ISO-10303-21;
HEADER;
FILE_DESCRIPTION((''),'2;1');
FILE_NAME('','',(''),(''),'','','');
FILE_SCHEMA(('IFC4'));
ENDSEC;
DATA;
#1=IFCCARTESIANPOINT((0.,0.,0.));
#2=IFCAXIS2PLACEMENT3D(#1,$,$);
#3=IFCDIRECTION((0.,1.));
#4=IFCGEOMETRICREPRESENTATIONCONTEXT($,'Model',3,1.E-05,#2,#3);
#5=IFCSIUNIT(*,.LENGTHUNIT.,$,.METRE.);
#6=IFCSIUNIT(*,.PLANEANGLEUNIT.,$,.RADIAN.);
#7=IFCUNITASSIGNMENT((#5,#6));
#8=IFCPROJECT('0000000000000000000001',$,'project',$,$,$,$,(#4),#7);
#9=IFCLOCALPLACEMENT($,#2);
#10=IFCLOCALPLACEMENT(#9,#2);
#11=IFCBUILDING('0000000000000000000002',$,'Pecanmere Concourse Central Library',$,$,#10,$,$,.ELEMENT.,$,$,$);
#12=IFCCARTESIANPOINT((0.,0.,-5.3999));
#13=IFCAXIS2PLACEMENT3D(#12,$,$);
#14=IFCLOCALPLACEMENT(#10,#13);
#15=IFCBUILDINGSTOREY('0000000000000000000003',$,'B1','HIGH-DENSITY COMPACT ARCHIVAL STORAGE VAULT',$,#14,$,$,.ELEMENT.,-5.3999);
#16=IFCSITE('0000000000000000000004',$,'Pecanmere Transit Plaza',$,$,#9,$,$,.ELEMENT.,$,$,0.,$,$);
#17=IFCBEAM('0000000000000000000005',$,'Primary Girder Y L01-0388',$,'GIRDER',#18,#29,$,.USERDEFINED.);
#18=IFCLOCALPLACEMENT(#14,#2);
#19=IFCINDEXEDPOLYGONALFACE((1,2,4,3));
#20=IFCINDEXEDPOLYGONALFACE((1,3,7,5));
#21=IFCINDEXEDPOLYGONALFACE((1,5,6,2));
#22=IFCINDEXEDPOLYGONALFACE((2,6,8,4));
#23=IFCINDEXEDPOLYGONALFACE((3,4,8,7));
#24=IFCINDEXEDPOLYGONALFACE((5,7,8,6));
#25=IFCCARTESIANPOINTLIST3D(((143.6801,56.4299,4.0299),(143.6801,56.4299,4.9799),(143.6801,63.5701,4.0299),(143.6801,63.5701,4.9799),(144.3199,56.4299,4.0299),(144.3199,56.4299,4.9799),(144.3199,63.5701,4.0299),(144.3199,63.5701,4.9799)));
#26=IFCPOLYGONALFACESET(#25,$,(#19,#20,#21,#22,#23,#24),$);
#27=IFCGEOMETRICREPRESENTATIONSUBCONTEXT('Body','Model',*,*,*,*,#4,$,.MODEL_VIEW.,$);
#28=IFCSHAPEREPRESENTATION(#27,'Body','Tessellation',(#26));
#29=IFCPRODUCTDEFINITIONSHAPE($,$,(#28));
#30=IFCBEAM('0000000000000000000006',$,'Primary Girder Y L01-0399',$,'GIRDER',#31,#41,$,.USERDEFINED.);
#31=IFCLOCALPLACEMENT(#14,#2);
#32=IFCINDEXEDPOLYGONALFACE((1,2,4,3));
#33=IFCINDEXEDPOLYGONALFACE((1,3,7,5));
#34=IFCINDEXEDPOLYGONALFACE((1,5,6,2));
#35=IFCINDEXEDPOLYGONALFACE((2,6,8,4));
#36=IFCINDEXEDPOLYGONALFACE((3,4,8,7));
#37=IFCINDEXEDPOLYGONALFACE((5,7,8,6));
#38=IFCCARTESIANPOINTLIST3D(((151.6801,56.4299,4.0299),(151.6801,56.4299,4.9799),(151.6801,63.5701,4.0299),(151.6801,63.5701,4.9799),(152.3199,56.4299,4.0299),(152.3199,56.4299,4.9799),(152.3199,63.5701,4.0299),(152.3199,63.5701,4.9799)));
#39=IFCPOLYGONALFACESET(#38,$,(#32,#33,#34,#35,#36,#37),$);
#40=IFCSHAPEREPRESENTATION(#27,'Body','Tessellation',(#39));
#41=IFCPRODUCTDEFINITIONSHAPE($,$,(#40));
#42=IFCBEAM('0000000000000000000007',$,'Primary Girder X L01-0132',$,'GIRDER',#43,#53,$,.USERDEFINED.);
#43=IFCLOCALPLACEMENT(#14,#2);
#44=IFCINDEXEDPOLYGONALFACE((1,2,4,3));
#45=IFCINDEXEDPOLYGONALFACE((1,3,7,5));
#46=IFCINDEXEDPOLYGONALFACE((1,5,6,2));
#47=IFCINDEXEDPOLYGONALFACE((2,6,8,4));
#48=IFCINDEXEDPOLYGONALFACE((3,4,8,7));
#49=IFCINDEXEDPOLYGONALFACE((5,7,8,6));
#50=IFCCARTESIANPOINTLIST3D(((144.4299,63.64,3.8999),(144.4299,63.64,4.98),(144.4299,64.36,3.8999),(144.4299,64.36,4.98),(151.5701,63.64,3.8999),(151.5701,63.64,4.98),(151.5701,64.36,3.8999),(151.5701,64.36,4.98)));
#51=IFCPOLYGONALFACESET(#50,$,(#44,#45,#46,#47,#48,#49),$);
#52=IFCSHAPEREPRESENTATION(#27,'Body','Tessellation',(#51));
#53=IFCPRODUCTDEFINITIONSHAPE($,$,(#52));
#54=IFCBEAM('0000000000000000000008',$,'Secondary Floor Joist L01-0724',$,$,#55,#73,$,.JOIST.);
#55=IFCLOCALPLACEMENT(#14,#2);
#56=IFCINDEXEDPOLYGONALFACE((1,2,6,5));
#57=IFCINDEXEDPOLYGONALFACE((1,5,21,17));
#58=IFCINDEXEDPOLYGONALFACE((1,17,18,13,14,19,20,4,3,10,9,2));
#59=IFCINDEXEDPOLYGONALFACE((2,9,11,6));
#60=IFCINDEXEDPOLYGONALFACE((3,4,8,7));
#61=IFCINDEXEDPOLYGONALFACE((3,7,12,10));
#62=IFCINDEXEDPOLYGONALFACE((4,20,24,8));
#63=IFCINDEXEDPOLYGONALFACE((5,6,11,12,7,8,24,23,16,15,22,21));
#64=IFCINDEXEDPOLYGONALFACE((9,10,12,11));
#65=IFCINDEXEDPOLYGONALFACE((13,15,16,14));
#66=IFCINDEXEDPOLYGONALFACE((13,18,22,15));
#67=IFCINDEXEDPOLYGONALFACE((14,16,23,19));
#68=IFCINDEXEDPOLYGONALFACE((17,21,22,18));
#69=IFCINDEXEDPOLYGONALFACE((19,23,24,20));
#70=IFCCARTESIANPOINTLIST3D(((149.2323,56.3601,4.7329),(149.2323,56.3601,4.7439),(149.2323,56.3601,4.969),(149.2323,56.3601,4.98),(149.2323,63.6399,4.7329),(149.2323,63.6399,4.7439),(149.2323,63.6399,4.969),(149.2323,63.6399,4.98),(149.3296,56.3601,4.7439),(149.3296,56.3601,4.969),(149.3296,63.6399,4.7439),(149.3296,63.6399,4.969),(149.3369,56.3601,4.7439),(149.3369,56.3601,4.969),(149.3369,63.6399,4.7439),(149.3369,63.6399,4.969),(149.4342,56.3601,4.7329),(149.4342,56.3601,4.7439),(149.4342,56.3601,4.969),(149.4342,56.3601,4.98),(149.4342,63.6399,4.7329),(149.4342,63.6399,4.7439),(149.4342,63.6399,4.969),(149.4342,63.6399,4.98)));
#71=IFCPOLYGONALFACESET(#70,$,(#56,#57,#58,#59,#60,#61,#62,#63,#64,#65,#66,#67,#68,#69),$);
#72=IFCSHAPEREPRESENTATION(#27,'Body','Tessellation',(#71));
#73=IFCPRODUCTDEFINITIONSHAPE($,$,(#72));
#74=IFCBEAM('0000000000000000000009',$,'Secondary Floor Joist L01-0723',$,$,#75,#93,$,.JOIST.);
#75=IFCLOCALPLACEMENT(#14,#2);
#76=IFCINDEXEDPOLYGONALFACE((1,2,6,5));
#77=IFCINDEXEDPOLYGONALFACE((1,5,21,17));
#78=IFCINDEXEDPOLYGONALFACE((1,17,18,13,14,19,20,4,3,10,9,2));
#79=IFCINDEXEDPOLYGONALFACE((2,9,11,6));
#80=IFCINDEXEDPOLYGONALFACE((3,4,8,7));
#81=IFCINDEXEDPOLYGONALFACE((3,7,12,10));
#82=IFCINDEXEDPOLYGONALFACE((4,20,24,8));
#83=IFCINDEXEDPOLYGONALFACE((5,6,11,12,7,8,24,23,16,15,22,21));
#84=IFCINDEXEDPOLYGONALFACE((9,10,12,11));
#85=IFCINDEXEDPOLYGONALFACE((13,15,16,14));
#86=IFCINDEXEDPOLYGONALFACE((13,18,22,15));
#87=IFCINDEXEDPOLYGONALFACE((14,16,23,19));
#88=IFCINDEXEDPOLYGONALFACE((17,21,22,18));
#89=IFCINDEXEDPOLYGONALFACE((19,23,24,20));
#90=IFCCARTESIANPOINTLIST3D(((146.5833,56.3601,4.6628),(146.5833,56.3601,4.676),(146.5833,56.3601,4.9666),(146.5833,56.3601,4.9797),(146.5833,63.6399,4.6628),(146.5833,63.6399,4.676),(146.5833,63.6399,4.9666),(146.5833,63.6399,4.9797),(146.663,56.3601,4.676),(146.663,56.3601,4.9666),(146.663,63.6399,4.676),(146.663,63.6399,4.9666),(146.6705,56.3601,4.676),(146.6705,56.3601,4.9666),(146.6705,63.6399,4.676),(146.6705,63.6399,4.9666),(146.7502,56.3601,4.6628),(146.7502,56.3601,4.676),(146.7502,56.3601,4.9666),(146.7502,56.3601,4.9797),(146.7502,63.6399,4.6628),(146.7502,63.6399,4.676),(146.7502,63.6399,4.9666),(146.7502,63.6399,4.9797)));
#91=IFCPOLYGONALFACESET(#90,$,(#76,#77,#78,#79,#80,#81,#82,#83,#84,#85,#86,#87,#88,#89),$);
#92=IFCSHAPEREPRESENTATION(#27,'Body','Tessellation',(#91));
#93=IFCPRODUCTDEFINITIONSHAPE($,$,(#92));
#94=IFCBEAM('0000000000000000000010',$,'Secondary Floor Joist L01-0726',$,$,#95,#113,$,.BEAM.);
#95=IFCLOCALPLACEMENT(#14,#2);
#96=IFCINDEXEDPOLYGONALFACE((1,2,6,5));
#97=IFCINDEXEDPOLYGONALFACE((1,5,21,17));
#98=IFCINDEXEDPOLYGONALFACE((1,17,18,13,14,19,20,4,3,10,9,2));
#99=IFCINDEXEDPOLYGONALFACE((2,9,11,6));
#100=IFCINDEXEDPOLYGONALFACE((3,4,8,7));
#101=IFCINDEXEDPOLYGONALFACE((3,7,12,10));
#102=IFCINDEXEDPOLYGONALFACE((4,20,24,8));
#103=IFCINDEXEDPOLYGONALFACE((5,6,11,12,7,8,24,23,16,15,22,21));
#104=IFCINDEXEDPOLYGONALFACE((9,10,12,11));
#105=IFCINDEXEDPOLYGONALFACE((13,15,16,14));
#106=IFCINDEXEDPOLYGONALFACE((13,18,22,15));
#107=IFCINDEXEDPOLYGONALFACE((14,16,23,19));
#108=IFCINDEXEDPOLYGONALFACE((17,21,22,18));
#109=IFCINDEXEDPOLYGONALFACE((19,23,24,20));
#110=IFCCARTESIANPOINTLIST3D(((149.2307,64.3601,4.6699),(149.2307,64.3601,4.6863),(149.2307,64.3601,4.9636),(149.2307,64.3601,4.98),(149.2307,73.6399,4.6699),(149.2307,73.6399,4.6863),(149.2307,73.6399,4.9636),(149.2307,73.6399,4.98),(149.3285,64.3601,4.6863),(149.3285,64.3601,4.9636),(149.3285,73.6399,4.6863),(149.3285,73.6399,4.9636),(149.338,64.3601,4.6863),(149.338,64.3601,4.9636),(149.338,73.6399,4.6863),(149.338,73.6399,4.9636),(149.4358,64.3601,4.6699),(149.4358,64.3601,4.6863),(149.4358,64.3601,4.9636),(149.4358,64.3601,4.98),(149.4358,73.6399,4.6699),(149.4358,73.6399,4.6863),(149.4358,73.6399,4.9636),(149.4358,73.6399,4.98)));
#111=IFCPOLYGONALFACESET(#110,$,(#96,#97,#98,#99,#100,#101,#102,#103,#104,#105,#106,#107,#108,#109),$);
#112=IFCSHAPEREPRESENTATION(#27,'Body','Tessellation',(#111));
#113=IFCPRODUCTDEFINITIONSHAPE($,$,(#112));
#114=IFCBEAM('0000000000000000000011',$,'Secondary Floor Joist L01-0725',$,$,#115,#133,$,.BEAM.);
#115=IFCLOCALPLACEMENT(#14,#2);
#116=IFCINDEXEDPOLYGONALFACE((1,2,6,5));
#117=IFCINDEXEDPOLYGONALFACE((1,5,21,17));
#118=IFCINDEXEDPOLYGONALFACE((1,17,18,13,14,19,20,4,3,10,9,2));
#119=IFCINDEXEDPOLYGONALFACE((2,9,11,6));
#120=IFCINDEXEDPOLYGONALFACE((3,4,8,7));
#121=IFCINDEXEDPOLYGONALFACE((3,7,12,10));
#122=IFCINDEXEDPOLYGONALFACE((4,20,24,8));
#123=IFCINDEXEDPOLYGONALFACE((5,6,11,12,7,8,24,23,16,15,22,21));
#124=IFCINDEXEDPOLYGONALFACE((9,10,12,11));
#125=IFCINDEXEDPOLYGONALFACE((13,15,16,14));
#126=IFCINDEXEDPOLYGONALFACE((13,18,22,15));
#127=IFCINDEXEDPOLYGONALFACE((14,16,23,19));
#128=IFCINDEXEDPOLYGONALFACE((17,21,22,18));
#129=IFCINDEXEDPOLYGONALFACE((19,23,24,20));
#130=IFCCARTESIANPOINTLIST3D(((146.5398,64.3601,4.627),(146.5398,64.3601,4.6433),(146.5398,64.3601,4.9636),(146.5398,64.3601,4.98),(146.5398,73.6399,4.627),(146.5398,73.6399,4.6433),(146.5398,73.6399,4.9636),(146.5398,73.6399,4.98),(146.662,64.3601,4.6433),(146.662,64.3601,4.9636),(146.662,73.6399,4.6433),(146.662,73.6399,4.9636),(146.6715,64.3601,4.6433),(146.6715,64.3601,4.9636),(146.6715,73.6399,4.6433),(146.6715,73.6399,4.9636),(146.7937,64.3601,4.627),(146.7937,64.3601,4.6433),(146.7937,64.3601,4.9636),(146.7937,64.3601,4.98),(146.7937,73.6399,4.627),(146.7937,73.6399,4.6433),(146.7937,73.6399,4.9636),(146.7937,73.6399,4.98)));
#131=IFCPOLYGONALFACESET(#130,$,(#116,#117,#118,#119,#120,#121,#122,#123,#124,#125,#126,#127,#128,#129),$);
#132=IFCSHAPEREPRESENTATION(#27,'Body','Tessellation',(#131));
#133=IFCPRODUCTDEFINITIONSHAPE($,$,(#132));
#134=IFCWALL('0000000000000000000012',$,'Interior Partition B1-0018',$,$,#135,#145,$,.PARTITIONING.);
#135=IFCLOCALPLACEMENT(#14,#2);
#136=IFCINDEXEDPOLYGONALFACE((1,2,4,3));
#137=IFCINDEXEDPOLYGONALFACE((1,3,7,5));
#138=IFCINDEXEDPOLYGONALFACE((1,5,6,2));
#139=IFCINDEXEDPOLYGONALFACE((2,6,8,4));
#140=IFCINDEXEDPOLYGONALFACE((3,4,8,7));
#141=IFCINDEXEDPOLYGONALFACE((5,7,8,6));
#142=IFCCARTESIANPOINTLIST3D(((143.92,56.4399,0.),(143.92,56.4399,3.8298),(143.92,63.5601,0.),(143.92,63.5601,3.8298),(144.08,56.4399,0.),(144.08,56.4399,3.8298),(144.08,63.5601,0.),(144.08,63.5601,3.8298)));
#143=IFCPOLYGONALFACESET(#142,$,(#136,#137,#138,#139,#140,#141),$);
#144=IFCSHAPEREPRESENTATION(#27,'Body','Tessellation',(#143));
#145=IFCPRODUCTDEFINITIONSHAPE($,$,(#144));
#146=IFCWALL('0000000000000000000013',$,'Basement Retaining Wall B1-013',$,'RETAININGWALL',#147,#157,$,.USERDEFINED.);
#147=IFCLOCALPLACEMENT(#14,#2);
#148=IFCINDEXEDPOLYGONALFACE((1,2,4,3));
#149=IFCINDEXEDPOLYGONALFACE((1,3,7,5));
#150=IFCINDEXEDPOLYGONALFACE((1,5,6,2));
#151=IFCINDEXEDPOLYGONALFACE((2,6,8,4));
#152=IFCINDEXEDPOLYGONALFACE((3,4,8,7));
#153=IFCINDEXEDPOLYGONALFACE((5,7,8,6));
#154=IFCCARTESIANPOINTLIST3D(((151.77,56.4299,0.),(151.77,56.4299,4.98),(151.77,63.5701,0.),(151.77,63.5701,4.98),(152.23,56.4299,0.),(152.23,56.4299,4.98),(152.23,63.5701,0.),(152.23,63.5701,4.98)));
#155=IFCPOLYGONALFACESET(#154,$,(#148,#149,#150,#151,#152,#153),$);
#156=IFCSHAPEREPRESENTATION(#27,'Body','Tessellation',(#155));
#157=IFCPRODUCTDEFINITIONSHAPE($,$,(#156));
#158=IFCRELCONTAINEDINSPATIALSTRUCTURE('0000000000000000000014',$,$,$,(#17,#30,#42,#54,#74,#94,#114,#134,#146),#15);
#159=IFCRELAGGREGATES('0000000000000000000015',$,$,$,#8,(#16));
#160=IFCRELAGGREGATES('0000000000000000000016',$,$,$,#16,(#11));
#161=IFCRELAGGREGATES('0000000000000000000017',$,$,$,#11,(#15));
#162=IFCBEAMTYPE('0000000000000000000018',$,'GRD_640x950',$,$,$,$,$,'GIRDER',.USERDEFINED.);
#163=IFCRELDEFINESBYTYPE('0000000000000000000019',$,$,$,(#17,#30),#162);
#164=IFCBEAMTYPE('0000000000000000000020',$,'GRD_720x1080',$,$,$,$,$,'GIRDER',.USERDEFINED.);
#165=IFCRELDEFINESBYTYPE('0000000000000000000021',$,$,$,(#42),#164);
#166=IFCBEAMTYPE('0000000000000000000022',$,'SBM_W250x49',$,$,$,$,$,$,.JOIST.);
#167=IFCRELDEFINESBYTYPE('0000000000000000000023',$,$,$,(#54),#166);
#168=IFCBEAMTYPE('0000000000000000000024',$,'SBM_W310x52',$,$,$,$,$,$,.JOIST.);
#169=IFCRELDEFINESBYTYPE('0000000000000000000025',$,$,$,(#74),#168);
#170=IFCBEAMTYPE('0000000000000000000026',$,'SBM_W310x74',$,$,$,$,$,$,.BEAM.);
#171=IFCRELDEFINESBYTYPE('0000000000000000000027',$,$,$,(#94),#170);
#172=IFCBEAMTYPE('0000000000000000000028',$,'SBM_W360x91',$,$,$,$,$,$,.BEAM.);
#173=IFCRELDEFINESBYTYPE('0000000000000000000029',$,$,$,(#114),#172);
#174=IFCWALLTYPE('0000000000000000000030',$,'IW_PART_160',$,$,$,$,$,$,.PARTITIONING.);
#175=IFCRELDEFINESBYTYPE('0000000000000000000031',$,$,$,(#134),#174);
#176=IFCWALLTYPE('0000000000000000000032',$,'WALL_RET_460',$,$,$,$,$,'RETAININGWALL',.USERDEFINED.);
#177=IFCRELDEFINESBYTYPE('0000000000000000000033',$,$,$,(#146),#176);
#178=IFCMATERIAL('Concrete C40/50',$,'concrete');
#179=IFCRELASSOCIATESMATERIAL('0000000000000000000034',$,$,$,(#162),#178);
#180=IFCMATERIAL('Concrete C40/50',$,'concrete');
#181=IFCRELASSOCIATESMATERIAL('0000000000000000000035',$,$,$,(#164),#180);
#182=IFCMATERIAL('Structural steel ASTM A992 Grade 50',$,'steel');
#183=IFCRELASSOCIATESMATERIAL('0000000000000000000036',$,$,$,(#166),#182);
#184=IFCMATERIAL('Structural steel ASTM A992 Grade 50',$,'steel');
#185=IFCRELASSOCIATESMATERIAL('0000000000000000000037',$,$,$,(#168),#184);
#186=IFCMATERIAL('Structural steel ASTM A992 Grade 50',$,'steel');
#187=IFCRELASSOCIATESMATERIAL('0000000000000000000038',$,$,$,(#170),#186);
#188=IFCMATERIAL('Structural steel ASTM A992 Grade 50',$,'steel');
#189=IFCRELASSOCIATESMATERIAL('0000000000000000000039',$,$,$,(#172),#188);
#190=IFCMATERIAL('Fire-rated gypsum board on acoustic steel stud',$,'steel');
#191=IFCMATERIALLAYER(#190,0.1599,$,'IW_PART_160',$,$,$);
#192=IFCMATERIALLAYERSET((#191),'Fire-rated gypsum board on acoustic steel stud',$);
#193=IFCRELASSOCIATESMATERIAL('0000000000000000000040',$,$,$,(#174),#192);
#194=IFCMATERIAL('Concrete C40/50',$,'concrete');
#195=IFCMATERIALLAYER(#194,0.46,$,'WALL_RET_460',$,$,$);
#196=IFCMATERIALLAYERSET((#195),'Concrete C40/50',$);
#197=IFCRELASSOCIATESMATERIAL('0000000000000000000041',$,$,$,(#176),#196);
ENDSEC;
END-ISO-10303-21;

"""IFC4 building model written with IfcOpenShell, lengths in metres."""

from ifc_helpers import new_model, si_unit, direction, frame, frame_2d, origin, origin_2d, place, context, subcontext, project, spatial, rectangle, i_section, extrude, material, layer, layer_set, material_profile, profile_set, type_object, element, save


model = new_model("IFC4")

# Units and contexts
model_context = context("Model", 3, precision=1e-05, world=origin(), true_north=direction((0.0, 1.0)))
body_context = subcontext(model_context, "Body", "Model", "MODEL_VIEW")
ifc_project = project(units=[si_unit("LENGTHUNIT", "METRE"), si_unit("PLANEANGLEUNIT", "RADIAN")], contexts=[model_context])

# Site, building, storey
site_placement = place(None, origin())
site = spatial("IfcSite", under=ifc_project, at=site_placement, Name="Pecanmere Transit Plaza", CompositionType="ELEMENT", RefElevation=0.0)
building_placement = place(site_placement, origin())
building = spatial("IfcBuilding", under=site, at=building_placement, Name="Pecanmere Concourse Central Library", CompositionType="ELEMENT")
storey_placement = place(building_placement, frame((0.0, 0.0, -5.3999)))
storey = spatial("IfcBuildingStorey", under=building, at=storey_placement, Name="B1", Description="HIGH-DENSITY COMPACT ARCHIVAL STORAGE VAULT", CompositionType="ELEMENT", Elevation=-5.3999)

# Beams
ifc_material_1 = material(Name="Concrete C40/50", Category="concrete")
ifc_material_profile_1 = material_profile(ifc_material_1, rectangle(XDim=0.6399, YDim=0.95, at=origin_2d()), Name="RC 640x950")
ifc_profile_set_1 = profile_set([ifc_material_profile_1], Name="Concrete C40/50")
beam_type_1 = type_object("IfcBeamType", Name="GRD_640x950", ElementType="GIRDER", PredefinedType="USERDEFINED", material=ifc_profile_set_1)
for number, where, z_axis, x_axis, name in (
    (1, (144.0, 56.4299, 4.5049), (0.0, 1.0, 0.0), (-1.0, 0.0, 0.0), "Primary Girder Y L01-0388"),
    (2, (152.0, 56.4299, 4.5049), (0.0, 1.0, 0.0), (-1.0, 0.0, 0.0), "Primary Girder Y L01-0399"),
):
    element("IfcBeam", number, at=place(storey_placement, frame(where, z_axis=z_axis, x_axis=x_axis)), inside=storey, type_object=beam_type_1, Name=name, ObjectType="GIRDER", PredefinedType="USERDEFINED", context=body_context, shape_type="SweptSolid", body=[
        extrude(rectangle(XDim=0.6399, YDim=0.95, at=origin_2d()), origin(), (0.0, 0.0, 1.0), 7.1401),
    ])
ifc_material_2 = material(Name="Concrete C40/50", Category="concrete")
ifc_material_profile_2 = material_profile(ifc_material_2, rectangle(XDim=0.72, YDim=1.0801, at=origin_2d()), Name="RC 720x1080")
ifc_profile_set_2 = profile_set([ifc_material_profile_2], Name="Concrete C40/50")
beam_type_2 = type_object("IfcBeamType", Name="GRD_720x1080", ElementType="GIRDER", PredefinedType="USERDEFINED", material=ifc_profile_set_2)
beam_1_placement = place(storey_placement, frame((144.4299, 64.0, 4.4399), z_axis=(1.0, 0.0, 0.0), x_axis=(0.0, 1.0, 0.0)))
element("IfcBeam", 3, at=beam_1_placement, inside=storey, type_object=beam_type_2, Name="Primary Girder X L01-0132", ObjectType="GIRDER", PredefinedType="USERDEFINED", context=body_context, shape_type="SweptSolid", body=[
    extrude(rectangle(XDim=0.72, YDim=1.0801, at=origin_2d()), origin(), (0.0, 0.0, 1.0), 7.1401),
])
ifc_material_3 = material(Name="Structural steel ASTM A992 Grade 50", Category="steel")
ifc_material_profile_3 = material_profile(ifc_material_3, i_section(OverallWidth=0.2019, OverallDepth=0.2471, WebThickness=0.0073, FlangeThickness=0.011, at=origin_2d()), Name="W250x49.1")
ifc_profile_set_3 = profile_set([ifc_material_profile_3], Name="Structural steel ASTM A992 Grade 50")
beam_type_3 = type_object("IfcBeamType", Name="SBM_W250x49", PredefinedType="JOIST", material=ifc_profile_set_3)
beam_2_placement = place(storey_placement, frame((149.3333, 56.3601, 4.8564), z_axis=(0.0, 1.0, 0.0), x_axis=(-1.0, 0.0, 0.0)))
element("IfcBeam", 4, at=beam_2_placement, inside=storey, type_object=beam_type_3, Name="Secondary Floor Joist L01-0724", PredefinedType="JOIST", context=body_context, shape_type="SweptSolid", body=[
    extrude(i_section(OverallWidth=0.2019, OverallDepth=0.2471, WebThickness=0.0073, FlangeThickness=0.011, at=origin_2d()), origin(), (0.0, 0.0, 1.0), 7.2798),
])
ifc_material_4 = material(Name="Structural steel ASTM A992 Grade 50", Category="steel")
ifc_material_profile_4 = material_profile(ifc_material_4, i_section(OverallWidth=0.167, OverallDepth=0.3169, WebThickness=0.0076, FlangeThickness=0.0132, at=origin_2d()), Name="W310x52")
ifc_profile_set_4 = profile_set([ifc_material_profile_4], Name="Structural steel ASTM A992 Grade 50")
beam_type_4 = type_object("IfcBeamType", Name="SBM_W310x52", PredefinedType="JOIST", material=ifc_profile_set_4)
beam_3_placement = place(storey_placement, frame((146.6667, 56.3601, 4.8213), z_axis=(0.0, 1.0, 0.0), x_axis=(-1.0, 0.0, 0.0)))
element("IfcBeam", 5, at=beam_3_placement, inside=storey, type_object=beam_type_4, Name="Secondary Floor Joist L01-0723", PredefinedType="JOIST", context=body_context, shape_type="SweptSolid", body=[
    extrude(i_section(OverallWidth=0.167, OverallDepth=0.3169, WebThickness=0.0076, FlangeThickness=0.0132, at=origin_2d()), origin(), (0.0, 0.0, 1.0), 7.2798),
])
ifc_material_5 = material(Name="Structural steel ASTM A992 Grade 50", Category="steel")
ifc_material_profile_5 = material_profile(ifc_material_5, i_section(OverallWidth=0.2051, OverallDepth=0.3101, WebThickness=0.0095, FlangeThickness=0.0164, at=origin_2d()), Name="W310x74")
ifc_profile_set_5 = profile_set([ifc_material_profile_5], Name="Structural steel ASTM A992 Grade 50")
beam_type_5 = type_object("IfcBeamType", Name="SBM_W310x74", PredefinedType="BEAM", material=ifc_profile_set_5)
beam_4_placement = place(storey_placement, frame((149.3333, 64.3601, 4.825), z_axis=(0.0, 1.0, 0.0), x_axis=(-1.0, 0.0, 0.0)))
element("IfcBeam", 6, at=beam_4_placement, inside=storey, type_object=beam_type_5, Name="Secondary Floor Joist L01-0726", PredefinedType="BEAM", context=body_context, shape_type="SweptSolid", body=[
    extrude(i_section(OverallWidth=0.2051, OverallDepth=0.3101, WebThickness=0.0095, FlangeThickness=0.0164, at=origin_2d()), origin(), (0.0, 0.0, 1.0), 9.2798),
])
ifc_material_6 = material(Name="Structural steel ASTM A992 Grade 50", Category="steel")
ifc_material_profile_6 = material_profile(ifc_material_6, i_section(OverallWidth=0.2539, OverallDepth=0.353, WebThickness=0.0095, FlangeThickness=0.0164, at=origin_2d()), Name="W360x91")
ifc_profile_set_6 = profile_set([ifc_material_profile_6], Name="Structural steel ASTM A992 Grade 50")
beam_type_6 = type_object("IfcBeamType", Name="SBM_W360x91", PredefinedType="BEAM", material=ifc_profile_set_6)
beam_5_placement = place(storey_placement, frame((146.6667, 64.3601, 4.8035), z_axis=(0.0, 1.0, 0.0), x_axis=(-1.0, 0.0, 0.0)))
element("IfcBeam", 7, at=beam_5_placement, inside=storey, type_object=beam_type_6, Name="Secondary Floor Joist L01-0725", PredefinedType="BEAM", context=body_context, shape_type="SweptSolid", body=[
    extrude(i_section(OverallWidth=0.2539, OverallDepth=0.353, WebThickness=0.0095, FlangeThickness=0.0164, at=origin_2d()), origin(), (0.0, 0.0, 1.0), 9.2798),
])

# Walls
ifc_material_7 = material(Name="Fire-rated gypsum board on acoustic steel stud", Category="steel")
ifc_layer_1 = layer(ifc_material_7, 0.1599, Name="IW_PART_160")
ifc_layer_set_1 = layer_set([ifc_layer_1], Name="Fire-rated gypsum board on acoustic steel stud")
wall_type_1 = type_object("IfcWallType", Name="IW_PART_160", PredefinedType="PARTITIONING", material=ifc_layer_set_1)
wall_1_placement = place(storey_placement, frame((144.0, 56.4399, 0.0), z_axis=(0.0, 0.0, 1.0), x_axis=(0.0, 1.0, 0.0)))
element("IfcWall", 8, at=wall_1_placement, inside=storey, type_object=wall_type_1, Name="Interior Partition B1-0018", PredefinedType="PARTITIONING", context=body_context, shape_type="SweptSolid", body=[
    extrude(rectangle(XDim=7.1201, YDim=0.1599, at=frame_2d((3.5601, 0.0))), origin(), (0.0, 0.0, 1.0), 3.8298),
])
ifc_material_8 = material(Name="Concrete C40/50", Category="concrete")
ifc_layer_2 = layer(ifc_material_8, 0.46, Name="WALL_RET_460")
ifc_layer_set_2 = layer_set([ifc_layer_2], Name="Concrete C40/50")
wall_type_2 = type_object("IfcWallType", Name="WALL_RET_460", ElementType="RETAININGWALL", PredefinedType="USERDEFINED", material=ifc_layer_set_2)
wall_2_placement = place(storey_placement, frame((152.0, 56.4299, 0.0), z_axis=(0.0, 0.0, 1.0), x_axis=(0.0, 1.0, 0.0)))
element("IfcWall", 9, at=wall_2_placement, inside=storey, type_object=wall_type_2, Name="Basement Retaining Wall B1-013", ObjectType="RETAININGWALL", PredefinedType="USERDEFINED", context=body_context, shape_type="SweptSolid", body=[
    extrude(rectangle(XDim=7.1401, YDim=0.46, at=frame_2d((3.5701, 0.0))), origin(), (0.0, 0.0, 1.0), 4.98),
])

save(model, "model.ifc")
